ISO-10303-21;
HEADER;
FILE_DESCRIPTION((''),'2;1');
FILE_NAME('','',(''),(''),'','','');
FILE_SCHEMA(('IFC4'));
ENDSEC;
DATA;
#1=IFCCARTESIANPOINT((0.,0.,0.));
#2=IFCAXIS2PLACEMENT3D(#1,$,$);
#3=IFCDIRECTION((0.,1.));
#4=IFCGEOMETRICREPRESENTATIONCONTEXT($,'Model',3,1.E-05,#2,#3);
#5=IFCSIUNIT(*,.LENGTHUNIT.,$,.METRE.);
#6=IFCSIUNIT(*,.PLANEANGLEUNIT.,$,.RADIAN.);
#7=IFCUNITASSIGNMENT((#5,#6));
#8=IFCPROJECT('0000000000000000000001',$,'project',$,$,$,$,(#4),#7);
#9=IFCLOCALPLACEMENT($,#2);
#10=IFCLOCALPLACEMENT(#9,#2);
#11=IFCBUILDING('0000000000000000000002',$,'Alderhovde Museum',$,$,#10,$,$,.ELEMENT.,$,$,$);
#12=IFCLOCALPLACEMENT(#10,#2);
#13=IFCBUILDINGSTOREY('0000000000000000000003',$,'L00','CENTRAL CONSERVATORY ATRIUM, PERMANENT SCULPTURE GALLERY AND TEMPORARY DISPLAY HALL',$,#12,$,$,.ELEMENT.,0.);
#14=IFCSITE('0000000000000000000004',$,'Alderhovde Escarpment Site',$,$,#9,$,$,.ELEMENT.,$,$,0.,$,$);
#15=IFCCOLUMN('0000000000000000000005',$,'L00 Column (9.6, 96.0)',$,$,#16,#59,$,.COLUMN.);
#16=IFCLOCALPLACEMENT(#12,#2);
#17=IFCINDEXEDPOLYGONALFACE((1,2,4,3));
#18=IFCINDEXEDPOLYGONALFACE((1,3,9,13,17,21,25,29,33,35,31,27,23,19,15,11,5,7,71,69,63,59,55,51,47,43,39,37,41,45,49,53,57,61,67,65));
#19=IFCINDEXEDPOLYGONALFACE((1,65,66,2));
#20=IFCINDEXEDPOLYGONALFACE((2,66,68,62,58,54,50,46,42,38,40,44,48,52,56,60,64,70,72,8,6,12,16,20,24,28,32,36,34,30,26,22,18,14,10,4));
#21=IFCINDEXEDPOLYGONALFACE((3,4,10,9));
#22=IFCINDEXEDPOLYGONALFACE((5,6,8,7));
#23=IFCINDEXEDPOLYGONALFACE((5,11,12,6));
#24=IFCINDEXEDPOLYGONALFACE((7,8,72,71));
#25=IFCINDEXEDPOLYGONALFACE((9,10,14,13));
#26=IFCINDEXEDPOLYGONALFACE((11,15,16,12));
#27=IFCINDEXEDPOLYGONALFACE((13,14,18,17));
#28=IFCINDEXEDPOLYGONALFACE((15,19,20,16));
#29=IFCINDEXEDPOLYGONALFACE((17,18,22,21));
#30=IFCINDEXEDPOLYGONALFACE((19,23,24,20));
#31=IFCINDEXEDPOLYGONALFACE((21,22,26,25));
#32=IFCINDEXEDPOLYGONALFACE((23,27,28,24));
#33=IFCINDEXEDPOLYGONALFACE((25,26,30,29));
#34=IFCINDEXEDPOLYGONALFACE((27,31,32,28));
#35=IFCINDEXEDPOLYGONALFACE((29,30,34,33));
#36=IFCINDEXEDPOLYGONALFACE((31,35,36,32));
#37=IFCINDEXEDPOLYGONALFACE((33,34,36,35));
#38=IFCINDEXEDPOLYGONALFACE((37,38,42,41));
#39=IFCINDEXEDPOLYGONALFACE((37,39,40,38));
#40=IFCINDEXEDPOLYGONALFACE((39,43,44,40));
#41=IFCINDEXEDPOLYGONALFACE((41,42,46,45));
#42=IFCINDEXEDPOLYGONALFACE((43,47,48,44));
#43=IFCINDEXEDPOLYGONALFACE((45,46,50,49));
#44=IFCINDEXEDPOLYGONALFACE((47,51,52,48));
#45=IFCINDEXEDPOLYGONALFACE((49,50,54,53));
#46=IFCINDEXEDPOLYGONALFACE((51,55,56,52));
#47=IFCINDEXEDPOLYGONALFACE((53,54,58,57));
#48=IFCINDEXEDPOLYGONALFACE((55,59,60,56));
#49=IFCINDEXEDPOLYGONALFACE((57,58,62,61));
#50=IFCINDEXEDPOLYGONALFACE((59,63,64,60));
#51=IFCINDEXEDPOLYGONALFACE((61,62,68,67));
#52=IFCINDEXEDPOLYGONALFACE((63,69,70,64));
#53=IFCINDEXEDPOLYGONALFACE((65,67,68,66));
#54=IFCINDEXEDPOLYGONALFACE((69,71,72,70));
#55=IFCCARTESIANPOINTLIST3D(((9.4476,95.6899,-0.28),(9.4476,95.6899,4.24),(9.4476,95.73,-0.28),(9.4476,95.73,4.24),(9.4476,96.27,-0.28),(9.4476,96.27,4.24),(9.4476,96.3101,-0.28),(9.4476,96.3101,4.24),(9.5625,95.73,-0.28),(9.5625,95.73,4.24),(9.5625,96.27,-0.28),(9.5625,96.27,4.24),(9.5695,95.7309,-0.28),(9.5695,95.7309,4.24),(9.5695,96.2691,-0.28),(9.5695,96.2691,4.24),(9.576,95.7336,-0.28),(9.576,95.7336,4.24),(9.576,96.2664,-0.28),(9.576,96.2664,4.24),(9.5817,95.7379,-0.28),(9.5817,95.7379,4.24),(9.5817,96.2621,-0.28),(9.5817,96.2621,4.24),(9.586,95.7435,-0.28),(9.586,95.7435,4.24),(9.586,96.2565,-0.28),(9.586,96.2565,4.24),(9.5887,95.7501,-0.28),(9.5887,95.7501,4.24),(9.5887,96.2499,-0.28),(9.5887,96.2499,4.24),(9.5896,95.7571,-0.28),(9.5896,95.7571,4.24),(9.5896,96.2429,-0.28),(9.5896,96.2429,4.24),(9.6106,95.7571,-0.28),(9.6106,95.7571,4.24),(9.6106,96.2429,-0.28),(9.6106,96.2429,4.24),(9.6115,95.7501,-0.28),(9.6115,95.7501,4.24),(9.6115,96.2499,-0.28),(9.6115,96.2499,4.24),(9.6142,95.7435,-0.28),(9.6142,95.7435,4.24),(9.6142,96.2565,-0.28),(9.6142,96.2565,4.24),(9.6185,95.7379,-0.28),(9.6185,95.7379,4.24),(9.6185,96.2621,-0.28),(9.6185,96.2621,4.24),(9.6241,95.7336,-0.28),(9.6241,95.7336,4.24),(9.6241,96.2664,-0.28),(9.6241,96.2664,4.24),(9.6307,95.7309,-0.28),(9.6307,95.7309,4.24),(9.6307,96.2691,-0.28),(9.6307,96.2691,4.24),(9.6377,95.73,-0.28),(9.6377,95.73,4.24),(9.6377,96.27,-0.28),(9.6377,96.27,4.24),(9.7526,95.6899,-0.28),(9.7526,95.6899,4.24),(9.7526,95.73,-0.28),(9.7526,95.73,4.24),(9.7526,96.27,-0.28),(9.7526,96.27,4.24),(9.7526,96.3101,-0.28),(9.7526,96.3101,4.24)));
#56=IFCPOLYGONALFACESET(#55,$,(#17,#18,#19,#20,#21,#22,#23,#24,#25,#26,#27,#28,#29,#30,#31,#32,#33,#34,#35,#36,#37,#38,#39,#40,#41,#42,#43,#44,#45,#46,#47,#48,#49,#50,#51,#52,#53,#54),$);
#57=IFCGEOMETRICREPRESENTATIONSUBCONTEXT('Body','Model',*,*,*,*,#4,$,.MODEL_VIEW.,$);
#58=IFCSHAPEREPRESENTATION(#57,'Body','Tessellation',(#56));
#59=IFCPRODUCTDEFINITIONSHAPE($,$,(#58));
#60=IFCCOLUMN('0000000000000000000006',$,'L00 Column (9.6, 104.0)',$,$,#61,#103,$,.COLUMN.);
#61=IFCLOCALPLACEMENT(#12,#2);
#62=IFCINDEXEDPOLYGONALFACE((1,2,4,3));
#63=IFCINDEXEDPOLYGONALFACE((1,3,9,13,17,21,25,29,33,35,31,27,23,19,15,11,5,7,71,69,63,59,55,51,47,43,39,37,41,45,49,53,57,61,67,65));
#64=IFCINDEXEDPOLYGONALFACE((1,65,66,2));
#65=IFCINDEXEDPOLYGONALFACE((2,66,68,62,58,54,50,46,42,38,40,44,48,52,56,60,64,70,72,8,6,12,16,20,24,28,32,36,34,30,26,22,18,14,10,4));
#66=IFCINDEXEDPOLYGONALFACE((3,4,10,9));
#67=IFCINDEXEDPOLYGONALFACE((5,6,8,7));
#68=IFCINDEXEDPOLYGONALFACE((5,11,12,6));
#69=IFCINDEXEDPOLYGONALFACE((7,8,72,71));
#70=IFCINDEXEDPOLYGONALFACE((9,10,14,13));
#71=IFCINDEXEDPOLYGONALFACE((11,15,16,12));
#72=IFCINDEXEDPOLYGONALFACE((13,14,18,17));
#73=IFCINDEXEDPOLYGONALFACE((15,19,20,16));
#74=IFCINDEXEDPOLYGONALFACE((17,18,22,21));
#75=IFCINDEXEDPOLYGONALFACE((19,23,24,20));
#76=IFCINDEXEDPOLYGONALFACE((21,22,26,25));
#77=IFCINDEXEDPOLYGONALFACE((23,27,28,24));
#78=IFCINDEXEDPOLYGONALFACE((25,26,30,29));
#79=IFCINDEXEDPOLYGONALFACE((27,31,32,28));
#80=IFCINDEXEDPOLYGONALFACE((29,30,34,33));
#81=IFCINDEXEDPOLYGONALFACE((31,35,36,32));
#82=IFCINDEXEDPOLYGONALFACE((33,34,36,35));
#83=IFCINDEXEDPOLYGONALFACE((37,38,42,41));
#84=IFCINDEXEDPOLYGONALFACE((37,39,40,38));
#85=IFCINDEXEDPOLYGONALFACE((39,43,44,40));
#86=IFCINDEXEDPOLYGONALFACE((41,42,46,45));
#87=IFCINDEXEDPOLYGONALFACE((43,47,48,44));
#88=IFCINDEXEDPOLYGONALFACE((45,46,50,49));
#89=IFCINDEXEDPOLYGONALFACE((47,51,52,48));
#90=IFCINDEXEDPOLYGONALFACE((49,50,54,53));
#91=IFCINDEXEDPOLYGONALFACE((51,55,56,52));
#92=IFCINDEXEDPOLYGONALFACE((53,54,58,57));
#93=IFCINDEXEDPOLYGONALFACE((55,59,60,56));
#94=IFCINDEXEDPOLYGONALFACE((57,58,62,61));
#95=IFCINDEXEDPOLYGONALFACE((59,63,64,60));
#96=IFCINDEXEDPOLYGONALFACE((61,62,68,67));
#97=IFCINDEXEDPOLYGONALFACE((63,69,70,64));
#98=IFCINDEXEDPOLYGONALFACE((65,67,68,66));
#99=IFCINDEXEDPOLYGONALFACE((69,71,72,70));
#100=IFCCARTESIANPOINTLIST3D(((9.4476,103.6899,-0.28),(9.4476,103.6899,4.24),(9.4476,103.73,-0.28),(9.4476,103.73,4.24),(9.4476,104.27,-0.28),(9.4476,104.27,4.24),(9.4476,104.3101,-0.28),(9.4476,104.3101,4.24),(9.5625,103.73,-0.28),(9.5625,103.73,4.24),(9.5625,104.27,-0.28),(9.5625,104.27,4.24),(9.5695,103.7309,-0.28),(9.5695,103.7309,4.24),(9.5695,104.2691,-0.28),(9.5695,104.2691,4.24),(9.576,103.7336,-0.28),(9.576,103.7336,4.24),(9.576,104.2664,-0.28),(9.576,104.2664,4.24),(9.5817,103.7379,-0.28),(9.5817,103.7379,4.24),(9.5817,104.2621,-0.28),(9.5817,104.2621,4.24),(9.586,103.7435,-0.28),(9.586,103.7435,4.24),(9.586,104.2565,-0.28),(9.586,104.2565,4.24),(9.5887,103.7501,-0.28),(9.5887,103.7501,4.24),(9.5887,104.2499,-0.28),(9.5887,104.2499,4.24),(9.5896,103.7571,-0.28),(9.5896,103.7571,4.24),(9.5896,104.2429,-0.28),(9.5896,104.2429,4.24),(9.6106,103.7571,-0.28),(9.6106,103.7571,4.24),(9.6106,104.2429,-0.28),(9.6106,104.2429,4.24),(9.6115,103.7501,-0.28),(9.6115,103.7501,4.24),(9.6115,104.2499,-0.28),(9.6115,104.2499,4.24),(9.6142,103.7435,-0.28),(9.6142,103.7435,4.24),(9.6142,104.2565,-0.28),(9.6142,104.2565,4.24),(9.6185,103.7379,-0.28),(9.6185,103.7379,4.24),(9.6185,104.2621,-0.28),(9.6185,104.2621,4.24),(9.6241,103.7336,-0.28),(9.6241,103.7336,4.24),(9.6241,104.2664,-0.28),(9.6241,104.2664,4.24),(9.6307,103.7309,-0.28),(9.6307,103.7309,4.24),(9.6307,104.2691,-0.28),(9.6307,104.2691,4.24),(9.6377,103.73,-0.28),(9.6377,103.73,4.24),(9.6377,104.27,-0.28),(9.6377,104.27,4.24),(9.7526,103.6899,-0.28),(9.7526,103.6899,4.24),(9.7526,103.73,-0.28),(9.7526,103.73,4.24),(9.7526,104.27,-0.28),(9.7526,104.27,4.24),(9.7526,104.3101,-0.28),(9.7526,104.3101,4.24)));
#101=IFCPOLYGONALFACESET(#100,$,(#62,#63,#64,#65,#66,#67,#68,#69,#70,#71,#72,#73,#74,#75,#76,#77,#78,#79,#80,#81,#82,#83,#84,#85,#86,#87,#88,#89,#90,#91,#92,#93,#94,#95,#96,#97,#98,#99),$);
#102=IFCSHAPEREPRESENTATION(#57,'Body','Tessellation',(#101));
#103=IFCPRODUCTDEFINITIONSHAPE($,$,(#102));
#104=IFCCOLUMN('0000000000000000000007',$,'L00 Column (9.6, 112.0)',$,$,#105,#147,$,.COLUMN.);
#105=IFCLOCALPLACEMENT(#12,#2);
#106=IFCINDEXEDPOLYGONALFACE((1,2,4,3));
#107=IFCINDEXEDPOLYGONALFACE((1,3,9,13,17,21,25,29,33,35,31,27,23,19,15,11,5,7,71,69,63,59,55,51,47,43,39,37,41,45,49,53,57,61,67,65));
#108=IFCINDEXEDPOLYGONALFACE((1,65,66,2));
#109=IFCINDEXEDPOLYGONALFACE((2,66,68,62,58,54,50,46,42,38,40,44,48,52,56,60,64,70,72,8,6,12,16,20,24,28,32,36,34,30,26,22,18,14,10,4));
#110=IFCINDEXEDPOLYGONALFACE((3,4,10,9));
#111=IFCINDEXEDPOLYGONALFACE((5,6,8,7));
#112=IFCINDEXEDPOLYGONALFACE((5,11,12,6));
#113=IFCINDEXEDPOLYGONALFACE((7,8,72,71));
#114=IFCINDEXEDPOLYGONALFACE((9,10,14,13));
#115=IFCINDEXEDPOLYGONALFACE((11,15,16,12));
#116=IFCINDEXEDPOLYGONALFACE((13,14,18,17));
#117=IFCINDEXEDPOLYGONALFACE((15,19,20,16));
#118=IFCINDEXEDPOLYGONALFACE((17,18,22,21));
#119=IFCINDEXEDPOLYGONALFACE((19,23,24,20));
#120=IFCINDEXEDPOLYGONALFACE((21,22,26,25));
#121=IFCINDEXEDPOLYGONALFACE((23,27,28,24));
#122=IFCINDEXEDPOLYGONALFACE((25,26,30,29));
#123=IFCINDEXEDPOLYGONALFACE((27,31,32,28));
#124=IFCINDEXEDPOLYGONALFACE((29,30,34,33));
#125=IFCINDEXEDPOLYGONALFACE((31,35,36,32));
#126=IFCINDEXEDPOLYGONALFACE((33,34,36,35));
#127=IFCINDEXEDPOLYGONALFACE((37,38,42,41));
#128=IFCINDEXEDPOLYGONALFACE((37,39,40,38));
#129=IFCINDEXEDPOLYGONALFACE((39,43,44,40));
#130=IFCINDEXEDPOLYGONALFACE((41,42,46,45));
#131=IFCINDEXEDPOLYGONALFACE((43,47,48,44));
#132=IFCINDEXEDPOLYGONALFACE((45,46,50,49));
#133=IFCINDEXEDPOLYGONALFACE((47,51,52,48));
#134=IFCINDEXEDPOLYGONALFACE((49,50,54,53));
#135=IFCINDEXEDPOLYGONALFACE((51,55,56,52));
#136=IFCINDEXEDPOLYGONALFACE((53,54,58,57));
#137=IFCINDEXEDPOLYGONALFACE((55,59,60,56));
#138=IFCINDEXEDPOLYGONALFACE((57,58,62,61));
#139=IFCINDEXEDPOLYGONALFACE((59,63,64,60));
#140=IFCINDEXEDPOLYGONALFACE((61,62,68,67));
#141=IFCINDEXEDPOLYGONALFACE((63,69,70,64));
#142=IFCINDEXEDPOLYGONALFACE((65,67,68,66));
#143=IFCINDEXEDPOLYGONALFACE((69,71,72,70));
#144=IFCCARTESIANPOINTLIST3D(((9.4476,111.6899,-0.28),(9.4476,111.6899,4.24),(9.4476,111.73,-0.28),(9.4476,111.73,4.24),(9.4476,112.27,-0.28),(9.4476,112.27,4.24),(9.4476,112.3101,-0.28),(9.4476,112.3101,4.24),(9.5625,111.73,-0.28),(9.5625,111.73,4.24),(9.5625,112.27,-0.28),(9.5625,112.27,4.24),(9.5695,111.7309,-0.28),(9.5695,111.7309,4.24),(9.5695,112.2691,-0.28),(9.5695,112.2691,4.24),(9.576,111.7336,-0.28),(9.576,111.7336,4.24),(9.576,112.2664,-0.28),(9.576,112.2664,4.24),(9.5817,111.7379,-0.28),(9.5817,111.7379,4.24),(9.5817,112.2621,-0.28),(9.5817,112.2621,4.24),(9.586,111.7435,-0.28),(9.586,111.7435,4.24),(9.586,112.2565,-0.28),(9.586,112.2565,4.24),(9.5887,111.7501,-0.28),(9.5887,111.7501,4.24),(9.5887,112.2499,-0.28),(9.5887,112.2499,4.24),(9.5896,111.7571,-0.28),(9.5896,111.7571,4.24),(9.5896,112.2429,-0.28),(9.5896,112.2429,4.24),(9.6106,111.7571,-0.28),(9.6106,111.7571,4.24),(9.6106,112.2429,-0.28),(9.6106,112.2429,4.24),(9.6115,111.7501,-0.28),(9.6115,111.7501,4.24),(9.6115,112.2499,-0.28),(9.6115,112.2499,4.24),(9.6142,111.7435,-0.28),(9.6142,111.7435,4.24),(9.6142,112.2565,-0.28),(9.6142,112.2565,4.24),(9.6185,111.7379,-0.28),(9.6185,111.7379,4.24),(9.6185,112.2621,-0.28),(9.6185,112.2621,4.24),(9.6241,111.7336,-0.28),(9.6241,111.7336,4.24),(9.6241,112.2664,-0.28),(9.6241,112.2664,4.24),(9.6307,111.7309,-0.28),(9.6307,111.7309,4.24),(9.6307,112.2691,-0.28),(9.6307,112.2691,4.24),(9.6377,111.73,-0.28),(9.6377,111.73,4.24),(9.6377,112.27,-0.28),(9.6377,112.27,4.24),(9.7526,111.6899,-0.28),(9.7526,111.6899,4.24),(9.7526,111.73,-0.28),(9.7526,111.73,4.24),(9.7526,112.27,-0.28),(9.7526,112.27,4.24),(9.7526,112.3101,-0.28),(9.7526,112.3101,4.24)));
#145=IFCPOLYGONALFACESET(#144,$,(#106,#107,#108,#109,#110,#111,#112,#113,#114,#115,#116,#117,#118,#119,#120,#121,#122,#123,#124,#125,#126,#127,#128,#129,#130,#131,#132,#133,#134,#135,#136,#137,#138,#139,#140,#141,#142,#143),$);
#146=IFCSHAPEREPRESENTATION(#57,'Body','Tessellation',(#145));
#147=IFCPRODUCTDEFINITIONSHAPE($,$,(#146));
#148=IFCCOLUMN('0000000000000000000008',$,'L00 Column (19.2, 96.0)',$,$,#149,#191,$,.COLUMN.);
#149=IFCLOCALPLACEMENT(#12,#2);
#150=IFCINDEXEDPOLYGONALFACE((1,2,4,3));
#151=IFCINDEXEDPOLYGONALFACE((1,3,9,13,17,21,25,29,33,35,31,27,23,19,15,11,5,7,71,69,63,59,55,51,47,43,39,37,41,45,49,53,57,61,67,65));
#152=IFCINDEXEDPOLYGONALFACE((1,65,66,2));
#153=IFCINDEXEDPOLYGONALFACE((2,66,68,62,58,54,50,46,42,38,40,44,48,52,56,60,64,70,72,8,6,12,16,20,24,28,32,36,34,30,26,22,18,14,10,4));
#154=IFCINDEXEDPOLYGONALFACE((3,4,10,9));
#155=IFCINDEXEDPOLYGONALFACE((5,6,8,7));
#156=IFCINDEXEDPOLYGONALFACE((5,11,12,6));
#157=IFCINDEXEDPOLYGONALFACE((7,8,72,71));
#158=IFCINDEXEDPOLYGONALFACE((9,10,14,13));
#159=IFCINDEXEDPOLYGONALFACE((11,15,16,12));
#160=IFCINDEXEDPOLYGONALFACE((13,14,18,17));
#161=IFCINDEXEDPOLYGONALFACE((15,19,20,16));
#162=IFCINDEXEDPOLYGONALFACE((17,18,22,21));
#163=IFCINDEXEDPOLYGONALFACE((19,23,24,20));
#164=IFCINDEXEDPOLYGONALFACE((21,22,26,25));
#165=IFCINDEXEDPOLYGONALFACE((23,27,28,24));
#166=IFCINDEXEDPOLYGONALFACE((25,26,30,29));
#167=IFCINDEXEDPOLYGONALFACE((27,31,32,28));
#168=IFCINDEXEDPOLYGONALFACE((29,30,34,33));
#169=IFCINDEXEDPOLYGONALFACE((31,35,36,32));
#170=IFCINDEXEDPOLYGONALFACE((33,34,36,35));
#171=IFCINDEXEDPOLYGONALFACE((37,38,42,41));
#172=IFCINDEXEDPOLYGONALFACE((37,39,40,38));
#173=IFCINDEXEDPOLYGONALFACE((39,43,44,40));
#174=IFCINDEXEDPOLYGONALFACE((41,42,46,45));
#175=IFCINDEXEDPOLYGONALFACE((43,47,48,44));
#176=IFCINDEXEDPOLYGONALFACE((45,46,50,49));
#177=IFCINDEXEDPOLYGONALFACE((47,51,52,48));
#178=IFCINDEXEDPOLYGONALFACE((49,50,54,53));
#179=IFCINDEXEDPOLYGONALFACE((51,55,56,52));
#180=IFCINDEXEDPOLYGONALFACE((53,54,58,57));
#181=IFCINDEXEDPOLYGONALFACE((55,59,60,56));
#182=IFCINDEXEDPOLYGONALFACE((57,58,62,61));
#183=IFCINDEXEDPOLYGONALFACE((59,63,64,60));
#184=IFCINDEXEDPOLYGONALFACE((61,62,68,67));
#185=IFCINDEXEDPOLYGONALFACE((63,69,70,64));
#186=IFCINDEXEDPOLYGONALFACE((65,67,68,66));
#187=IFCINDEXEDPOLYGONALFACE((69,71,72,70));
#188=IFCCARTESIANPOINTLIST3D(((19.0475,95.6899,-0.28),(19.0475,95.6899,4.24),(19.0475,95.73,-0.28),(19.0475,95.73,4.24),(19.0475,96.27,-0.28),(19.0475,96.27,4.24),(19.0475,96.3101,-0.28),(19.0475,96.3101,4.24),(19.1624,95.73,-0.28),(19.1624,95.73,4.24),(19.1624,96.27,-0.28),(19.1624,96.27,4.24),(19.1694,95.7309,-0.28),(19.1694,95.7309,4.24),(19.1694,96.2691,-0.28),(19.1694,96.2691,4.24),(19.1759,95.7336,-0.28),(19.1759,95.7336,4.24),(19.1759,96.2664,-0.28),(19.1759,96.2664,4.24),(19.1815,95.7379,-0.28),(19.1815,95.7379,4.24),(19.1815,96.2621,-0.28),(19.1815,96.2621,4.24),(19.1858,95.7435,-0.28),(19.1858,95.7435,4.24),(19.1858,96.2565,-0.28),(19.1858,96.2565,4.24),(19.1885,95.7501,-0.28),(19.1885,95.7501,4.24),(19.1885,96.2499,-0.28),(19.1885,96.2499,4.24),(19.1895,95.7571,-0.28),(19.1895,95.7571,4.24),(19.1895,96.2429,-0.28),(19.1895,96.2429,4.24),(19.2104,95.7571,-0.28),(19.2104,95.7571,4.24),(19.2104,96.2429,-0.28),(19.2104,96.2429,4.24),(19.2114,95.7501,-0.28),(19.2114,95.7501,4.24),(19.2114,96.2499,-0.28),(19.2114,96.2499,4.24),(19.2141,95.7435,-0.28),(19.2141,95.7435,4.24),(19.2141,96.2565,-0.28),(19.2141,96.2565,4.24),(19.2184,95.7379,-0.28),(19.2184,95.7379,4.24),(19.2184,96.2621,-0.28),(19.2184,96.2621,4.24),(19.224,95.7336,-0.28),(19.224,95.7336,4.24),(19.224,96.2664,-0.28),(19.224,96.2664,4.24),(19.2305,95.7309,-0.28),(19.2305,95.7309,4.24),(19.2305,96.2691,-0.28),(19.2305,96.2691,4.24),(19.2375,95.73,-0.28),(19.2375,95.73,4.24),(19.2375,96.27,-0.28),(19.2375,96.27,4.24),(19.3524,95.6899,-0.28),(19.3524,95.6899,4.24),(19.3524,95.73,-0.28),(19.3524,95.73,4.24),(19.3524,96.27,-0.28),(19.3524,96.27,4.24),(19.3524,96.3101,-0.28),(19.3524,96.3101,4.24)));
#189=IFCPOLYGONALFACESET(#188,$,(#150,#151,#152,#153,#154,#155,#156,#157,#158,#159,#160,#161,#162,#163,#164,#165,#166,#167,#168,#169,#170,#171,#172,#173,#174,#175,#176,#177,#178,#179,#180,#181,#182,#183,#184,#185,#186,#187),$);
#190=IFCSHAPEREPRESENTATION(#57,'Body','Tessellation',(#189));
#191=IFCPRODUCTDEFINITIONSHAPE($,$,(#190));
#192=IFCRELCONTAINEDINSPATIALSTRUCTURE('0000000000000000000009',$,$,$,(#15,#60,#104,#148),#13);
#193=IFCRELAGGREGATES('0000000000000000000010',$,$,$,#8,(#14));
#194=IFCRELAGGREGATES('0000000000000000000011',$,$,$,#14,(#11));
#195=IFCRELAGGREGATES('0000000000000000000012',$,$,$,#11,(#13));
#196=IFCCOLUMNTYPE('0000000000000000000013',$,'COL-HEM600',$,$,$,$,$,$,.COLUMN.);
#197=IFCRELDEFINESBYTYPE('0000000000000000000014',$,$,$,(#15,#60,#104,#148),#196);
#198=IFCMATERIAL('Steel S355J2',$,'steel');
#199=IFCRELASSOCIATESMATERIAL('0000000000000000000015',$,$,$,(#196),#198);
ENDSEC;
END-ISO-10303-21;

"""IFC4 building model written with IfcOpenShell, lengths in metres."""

from ifc_helpers import new_model, si_unit, direction, frame, origin, origin_2d, place, context, subcontext, project, spatial, i_section, extrude, material, material_profile, profile_set, type_object, element, save


model = new_model("IFC4")

# Units and contexts
model_context = context("Model", 3, precision=1e-05, world=origin(), true_north=direction((0.0, 1.0)))
body_context = subcontext(model_context, "Body", "Model", "MODEL_VIEW")
ifc_project = project(units=[si_unit("LENGTHUNIT", "METRE"), si_unit("PLANEANGLEUNIT", "RADIAN")], contexts=[model_context])

# Site, building, storey
site_placement = place(None, origin())
site = spatial("IfcSite", under=ifc_project, at=site_placement, Name="Alderhovde Escarpment Site", CompositionType="ELEMENT", RefElevation=0.0)
building_placement = place(site_placement, origin())
building = spatial("IfcBuilding", under=site, at=building_placement, Name="Alderhovde Museum", CompositionType="ELEMENT")
storey_placement = place(building_placement, origin())
storey = spatial("IfcBuildingStorey", under=building, at=storey_placement, Name="L00", Description="CENTRAL CONSERVATORY ATRIUM, PERMANENT SCULPTURE GALLERY AND TEMPORARY DISPLAY HALL", CompositionType="ELEMENT", Elevation=0.0)

# Columns
ifc_material_1 = material(Name="Steel S355J2", Category="steel")
ifc_material_profile_1 = material_profile(ifc_material_1, i_section(OverallWidth=0.3049, OverallDepth=0.6201, WebThickness=0.021, FlangeThickness=0.04, FilletRadius=0.0271, at=origin_2d()), Name="HEM 600")
ifc_profile_set_1 = profile_set([ifc_material_profile_1], Name="Steel S355J2")
column_type_1 = type_object("IfcColumnType", Name="COL-HEM600", PredefinedType="COLUMN", material=ifc_profile_set_1)
for number, where, z_axis, x_axis, name in (
    (1, (9.6001, 96.0, -0.28), (0.0, 0.0, 1.0), (1.0, 0.0, 0.0), "L00 Column (9.6, 96.0)"),
    (2, (9.6001, 104.0, -0.28), (0.0, 0.0, 1.0), (1.0, 0.0, 0.0), "L00 Column (9.6, 104.0)"),
    (3, (9.6001, 112.0, -0.28), (0.0, 0.0, 1.0), (1.0, 0.0, 0.0), "L00 Column (9.6, 112.0)"),
    (4, (19.2, 96.0, -0.28), (0.0, 0.0, 1.0), (1.0, 0.0, 0.0), "L00 Column (19.2, 96.0)"),
):
    element("IfcColumn", number, at=place(storey_placement, frame(where, z_axis=z_axis, x_axis=x_axis)), inside=storey, type_object=column_type_1, Name=name, PredefinedType="COLUMN", context=body_context, shape_type="SweptSolid", body=[
        extrude(i_section(OverallWidth=0.3049, OverallDepth=0.6201, WebThickness=0.021, FlangeThickness=0.04, FilletRadius=0.0271, at=origin_2d()), origin(), (0.0, 0.0, 1.0), 4.52),
    ])

save(model, "model.ifc")
